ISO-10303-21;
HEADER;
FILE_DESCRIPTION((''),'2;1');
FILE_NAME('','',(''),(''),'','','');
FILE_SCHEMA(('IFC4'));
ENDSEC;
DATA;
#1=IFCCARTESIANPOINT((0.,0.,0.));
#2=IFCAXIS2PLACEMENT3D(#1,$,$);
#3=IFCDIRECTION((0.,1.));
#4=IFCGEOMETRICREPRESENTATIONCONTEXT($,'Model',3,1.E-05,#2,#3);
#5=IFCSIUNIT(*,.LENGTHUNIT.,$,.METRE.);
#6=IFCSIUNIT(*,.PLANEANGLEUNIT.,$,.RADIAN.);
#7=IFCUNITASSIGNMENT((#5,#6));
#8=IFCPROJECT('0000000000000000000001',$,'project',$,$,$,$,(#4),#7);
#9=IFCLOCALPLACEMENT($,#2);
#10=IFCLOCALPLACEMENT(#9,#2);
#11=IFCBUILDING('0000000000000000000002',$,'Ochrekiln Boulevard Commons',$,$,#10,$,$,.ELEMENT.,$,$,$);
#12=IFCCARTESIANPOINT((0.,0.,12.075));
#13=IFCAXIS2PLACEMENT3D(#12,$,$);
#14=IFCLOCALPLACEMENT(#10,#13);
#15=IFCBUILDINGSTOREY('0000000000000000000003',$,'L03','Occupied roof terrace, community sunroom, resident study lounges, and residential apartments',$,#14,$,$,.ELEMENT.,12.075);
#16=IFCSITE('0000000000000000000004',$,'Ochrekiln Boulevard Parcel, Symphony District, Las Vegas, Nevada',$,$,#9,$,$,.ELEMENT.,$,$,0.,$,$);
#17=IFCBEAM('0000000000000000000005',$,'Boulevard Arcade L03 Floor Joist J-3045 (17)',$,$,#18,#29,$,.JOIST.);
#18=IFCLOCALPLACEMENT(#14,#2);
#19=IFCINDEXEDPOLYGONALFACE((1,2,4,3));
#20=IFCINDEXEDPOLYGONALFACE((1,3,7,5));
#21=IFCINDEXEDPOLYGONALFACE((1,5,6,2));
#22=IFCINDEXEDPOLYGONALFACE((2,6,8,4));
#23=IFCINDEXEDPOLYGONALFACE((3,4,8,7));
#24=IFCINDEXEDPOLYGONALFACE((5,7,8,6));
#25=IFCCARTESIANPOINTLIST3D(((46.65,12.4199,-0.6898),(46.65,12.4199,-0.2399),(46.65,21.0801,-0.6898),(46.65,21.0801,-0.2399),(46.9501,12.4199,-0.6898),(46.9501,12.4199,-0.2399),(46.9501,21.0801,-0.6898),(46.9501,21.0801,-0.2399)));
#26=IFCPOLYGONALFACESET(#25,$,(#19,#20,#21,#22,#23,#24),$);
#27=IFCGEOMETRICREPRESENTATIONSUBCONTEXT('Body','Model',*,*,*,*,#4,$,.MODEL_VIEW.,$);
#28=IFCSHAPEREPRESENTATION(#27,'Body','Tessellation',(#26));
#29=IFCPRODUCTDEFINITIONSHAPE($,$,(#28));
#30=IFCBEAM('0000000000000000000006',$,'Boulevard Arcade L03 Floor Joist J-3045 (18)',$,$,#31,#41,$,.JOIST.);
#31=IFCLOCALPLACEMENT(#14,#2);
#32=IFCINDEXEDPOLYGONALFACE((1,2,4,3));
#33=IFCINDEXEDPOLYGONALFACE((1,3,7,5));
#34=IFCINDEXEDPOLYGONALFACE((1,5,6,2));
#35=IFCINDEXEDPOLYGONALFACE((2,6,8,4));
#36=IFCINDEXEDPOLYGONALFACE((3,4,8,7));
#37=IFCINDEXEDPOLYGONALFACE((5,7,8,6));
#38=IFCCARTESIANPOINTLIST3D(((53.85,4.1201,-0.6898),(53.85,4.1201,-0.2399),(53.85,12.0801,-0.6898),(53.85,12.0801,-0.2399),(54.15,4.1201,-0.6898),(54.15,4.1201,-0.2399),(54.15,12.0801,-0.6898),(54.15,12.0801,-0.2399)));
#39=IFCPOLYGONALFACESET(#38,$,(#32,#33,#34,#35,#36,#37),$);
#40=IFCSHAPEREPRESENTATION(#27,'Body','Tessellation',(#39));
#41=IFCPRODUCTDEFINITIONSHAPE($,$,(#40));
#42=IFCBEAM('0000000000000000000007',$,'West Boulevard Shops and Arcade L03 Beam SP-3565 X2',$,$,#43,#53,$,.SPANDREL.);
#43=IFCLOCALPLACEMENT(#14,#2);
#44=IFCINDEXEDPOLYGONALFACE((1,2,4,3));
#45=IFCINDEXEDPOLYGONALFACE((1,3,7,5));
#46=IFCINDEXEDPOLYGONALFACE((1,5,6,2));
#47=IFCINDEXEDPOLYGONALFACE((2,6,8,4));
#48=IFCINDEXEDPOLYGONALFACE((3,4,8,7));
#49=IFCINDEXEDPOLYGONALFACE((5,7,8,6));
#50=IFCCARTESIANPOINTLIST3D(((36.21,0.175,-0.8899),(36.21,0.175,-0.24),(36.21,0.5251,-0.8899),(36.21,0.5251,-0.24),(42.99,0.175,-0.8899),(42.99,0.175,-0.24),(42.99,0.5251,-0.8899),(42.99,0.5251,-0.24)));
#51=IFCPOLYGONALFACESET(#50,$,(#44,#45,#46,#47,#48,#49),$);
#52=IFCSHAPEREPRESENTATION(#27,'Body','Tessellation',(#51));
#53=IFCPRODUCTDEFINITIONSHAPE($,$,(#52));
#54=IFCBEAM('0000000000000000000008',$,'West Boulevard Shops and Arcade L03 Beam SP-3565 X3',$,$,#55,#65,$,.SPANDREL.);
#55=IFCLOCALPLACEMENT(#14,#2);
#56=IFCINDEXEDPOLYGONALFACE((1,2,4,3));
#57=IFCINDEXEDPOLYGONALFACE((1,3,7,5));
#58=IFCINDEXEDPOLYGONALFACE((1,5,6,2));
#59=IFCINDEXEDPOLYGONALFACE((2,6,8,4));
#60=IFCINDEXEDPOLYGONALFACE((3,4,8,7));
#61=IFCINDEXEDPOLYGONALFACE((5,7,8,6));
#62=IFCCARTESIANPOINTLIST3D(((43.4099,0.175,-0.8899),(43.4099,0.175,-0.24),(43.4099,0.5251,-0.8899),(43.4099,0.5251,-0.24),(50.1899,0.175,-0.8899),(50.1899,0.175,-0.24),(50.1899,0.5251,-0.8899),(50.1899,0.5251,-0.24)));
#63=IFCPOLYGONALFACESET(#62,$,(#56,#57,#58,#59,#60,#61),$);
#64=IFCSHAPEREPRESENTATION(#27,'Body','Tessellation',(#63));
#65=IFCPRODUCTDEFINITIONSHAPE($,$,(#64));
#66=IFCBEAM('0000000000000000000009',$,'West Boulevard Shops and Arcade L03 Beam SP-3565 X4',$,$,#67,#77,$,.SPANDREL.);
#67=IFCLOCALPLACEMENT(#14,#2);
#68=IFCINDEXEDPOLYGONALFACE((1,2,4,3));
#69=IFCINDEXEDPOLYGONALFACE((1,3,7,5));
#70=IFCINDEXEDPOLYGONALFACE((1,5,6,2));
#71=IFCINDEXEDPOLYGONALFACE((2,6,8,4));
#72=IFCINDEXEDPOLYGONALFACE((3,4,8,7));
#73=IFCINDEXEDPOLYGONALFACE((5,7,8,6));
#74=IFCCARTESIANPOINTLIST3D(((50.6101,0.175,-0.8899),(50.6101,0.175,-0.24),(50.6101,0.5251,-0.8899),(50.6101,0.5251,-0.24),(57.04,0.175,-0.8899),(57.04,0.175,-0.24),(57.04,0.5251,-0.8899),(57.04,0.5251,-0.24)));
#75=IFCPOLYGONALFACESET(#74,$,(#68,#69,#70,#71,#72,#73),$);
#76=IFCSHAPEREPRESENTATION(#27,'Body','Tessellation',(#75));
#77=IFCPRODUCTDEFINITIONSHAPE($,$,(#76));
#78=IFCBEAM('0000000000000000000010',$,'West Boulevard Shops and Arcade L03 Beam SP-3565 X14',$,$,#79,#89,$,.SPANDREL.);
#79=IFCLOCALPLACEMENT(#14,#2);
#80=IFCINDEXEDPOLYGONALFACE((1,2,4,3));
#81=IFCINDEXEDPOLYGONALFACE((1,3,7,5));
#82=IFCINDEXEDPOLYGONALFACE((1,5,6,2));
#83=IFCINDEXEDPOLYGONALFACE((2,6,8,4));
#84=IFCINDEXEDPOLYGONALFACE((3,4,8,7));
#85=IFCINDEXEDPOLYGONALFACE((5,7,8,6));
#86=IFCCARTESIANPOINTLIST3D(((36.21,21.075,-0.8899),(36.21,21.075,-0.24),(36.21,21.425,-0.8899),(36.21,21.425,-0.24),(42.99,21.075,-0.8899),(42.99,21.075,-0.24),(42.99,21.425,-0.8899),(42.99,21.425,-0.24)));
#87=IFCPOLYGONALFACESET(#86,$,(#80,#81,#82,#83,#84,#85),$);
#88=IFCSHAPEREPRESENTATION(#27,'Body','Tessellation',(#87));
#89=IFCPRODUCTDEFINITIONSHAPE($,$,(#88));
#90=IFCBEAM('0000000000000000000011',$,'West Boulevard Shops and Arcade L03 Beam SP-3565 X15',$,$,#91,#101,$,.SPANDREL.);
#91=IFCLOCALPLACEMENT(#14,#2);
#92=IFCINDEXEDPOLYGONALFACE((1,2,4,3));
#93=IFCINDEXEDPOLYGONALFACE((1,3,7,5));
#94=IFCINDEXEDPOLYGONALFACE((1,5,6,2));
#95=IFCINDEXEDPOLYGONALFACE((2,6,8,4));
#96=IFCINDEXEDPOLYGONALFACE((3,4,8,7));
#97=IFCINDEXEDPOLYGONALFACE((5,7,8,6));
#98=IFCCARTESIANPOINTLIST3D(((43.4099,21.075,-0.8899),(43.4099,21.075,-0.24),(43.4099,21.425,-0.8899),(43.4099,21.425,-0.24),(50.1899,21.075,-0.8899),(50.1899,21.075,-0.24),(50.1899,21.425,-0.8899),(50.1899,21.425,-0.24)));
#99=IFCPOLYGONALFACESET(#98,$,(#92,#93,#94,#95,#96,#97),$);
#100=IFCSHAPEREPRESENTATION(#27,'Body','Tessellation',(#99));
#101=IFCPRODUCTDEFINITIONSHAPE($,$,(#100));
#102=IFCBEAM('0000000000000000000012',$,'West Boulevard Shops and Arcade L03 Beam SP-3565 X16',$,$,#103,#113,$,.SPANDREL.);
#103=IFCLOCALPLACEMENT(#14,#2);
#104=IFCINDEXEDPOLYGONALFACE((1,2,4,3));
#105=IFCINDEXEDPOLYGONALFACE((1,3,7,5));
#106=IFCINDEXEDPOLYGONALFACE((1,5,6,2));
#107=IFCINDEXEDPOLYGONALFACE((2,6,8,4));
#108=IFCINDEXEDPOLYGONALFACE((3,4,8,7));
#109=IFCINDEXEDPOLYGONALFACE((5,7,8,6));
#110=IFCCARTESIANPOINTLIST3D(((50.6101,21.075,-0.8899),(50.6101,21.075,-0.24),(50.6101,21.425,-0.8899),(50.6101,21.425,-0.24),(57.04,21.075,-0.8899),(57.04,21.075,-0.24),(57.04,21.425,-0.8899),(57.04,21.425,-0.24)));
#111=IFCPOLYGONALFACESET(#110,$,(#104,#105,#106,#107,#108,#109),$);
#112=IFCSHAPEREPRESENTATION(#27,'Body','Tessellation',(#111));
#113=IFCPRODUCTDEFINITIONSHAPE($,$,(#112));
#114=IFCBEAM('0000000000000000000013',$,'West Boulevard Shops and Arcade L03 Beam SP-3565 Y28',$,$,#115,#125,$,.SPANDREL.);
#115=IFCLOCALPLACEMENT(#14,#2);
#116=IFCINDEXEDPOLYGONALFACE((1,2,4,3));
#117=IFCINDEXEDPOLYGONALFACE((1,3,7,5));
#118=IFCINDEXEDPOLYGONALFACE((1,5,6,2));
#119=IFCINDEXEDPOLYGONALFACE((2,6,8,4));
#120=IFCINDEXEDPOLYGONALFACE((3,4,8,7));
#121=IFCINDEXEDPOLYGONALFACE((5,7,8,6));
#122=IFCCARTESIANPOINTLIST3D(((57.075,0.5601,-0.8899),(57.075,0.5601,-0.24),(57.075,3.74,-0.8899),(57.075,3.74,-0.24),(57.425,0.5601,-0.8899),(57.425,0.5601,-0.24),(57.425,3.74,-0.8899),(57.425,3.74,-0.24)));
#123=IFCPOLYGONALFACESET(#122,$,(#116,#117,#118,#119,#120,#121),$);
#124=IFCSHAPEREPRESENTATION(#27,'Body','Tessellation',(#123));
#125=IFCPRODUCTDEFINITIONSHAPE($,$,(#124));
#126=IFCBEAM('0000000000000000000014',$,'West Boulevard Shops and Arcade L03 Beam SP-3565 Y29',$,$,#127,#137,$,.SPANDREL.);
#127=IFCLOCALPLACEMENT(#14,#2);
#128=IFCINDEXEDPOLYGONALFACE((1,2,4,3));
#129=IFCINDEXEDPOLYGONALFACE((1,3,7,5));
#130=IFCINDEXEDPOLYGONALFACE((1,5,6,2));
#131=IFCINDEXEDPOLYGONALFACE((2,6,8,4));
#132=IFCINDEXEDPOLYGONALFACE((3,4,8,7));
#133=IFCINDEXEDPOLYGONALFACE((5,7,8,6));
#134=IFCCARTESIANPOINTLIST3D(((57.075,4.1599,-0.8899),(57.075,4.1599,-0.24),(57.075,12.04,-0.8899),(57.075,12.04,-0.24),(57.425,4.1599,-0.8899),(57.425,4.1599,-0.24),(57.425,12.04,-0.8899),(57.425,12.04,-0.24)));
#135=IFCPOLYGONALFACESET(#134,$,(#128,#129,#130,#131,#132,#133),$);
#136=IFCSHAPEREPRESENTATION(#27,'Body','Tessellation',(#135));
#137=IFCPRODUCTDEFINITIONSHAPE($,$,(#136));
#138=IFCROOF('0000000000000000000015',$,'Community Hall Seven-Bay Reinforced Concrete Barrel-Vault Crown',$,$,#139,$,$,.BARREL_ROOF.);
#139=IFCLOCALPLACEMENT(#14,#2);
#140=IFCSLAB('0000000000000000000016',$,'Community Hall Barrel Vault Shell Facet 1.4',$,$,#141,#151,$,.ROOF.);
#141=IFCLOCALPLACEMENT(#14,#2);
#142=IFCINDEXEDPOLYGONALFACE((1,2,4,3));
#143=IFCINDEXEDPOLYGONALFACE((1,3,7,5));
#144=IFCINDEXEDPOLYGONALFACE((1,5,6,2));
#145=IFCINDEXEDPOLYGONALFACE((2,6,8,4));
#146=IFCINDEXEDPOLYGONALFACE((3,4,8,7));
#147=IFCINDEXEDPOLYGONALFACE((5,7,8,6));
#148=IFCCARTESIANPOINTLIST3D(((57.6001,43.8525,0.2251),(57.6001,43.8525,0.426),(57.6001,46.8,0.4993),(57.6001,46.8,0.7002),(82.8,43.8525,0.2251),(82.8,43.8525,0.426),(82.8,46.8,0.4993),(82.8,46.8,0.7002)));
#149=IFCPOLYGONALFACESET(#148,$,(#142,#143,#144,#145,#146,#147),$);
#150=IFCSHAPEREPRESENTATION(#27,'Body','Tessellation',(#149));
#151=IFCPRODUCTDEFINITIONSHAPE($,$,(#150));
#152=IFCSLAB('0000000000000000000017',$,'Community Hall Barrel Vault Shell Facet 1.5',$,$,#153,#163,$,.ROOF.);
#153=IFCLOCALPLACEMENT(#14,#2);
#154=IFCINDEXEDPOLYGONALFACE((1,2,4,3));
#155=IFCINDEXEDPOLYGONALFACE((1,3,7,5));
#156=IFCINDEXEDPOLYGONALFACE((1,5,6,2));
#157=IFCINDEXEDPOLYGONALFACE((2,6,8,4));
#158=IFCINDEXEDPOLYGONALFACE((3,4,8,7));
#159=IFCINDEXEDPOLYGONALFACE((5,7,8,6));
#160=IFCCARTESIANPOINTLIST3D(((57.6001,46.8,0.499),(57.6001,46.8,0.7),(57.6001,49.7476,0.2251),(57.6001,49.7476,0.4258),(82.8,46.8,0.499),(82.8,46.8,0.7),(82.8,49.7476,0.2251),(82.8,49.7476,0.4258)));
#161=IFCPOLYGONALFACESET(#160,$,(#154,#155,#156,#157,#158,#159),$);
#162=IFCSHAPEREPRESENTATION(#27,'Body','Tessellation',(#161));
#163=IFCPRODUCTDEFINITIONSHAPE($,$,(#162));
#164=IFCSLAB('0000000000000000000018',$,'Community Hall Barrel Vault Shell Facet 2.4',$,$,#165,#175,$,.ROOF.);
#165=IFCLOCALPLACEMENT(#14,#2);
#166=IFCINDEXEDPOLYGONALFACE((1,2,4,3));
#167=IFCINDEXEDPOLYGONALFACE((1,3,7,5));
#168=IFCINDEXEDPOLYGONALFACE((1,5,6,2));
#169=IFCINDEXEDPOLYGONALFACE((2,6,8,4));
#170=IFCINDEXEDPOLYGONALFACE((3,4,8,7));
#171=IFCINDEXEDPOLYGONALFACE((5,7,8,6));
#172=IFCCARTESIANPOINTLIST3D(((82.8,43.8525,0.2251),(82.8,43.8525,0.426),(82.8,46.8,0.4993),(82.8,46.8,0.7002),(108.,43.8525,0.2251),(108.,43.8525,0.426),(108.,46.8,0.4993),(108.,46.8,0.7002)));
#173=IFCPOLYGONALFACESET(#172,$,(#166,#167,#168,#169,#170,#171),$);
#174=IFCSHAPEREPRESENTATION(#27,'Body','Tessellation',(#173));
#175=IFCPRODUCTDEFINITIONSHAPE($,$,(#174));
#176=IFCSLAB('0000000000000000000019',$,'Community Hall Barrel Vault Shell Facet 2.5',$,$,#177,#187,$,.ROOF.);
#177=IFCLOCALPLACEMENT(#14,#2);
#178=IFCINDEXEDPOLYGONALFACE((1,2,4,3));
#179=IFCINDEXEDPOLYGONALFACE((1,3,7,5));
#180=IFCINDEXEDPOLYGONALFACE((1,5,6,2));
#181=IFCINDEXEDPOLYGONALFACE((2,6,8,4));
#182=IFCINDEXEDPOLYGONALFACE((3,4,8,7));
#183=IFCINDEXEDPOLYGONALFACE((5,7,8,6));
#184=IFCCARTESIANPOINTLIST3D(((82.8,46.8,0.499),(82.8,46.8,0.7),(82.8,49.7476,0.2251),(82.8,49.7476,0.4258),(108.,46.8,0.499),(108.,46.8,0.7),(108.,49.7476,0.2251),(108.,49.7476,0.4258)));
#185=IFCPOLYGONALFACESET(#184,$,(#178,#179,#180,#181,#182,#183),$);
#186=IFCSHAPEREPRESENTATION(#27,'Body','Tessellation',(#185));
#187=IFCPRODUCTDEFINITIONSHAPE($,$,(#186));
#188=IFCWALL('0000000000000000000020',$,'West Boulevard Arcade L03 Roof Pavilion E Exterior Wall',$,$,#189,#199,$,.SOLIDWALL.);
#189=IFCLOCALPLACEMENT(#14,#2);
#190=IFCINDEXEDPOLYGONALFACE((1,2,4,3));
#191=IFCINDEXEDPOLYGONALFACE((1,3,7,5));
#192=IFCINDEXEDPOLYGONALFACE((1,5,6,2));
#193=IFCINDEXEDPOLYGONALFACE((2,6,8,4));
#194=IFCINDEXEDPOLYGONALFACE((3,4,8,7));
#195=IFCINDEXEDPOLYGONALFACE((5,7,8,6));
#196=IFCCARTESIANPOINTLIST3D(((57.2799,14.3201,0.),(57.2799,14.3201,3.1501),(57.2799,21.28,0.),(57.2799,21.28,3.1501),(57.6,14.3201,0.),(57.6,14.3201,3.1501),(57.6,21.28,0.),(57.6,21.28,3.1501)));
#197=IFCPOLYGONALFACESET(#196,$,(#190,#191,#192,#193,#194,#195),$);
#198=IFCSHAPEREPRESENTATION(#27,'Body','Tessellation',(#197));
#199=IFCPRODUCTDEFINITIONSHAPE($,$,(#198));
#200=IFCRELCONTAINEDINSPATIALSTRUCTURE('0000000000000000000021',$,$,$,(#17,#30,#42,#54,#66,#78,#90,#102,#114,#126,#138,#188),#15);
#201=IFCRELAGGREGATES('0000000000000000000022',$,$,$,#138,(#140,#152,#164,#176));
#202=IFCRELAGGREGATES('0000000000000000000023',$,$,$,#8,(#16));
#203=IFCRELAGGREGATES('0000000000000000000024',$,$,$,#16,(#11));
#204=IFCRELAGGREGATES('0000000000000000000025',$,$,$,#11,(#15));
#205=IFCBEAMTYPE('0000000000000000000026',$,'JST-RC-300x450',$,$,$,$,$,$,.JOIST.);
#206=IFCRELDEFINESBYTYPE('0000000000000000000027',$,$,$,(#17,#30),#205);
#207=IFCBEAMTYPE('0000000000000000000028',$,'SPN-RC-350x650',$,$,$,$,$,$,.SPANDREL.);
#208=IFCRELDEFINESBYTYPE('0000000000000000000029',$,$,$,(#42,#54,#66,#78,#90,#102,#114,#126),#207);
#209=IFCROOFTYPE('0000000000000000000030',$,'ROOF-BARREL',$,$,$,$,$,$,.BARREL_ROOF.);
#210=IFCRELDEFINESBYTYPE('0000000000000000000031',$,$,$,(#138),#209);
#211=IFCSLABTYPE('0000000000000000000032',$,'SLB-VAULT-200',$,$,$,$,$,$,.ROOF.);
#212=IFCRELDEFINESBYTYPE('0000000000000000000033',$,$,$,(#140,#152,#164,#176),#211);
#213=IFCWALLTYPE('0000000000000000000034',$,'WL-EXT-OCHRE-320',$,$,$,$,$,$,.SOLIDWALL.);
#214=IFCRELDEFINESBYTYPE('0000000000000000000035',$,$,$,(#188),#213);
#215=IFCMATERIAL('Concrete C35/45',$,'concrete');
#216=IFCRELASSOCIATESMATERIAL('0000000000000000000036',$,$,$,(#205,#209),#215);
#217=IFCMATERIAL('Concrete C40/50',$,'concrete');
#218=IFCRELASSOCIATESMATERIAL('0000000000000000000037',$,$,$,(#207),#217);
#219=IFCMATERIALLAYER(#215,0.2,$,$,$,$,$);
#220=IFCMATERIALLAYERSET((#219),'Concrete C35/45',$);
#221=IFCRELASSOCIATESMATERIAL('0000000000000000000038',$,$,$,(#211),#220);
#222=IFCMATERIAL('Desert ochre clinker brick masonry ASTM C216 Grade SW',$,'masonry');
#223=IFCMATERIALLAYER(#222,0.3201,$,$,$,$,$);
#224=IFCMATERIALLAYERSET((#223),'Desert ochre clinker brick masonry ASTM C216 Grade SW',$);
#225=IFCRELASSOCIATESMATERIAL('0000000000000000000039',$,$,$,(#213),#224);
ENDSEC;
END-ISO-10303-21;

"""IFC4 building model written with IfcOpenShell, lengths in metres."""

from ifc_helpers import new_model, si_unit, direction, frame, frame_2d, origin, origin_2d, place, context, subcontext, project, spatial, polyline, rectangle, outline, extrude, material, layer, layer_set, material_profile, profile_set, type_object, element, aggregate, save


model = new_model("IFC4")

# Units and contexts
model_context = context("Model", 3, precision=1e-05, world=origin(), true_north=direction((0.0, 1.0)))
body_context = subcontext(model_context, "Body", "Model", "MODEL_VIEW")
ifc_project = project(units=[si_unit("LENGTHUNIT", "METRE"), si_unit("PLANEANGLEUNIT", "RADIAN")], contexts=[model_context])

# Site, building, storey
site_placement = place(None, origin())
site = spatial("IfcSite", under=ifc_project, at=site_placement, Name="Ochrekiln Boulevard Parcel, Symphony District, Las Vegas, Nevada", CompositionType="ELEMENT", RefElevation=0.0)
building_placement = place(site_placement, origin())
building = spatial("IfcBuilding", under=site, at=building_placement, Name="Ochrekiln Boulevard Commons", CompositionType="ELEMENT")
storey_placement = place(building_placement, frame((0.0, 0.0, 12.075)))
storey = spatial("IfcBuildingStorey", under=building, at=storey_placement, Name="L03", Description="Occupied roof terrace, community sunroom, resident study lounges, and residential apartments", CompositionType="ELEMENT", Elevation=12.075)

# Beams
ifc_material_1 = material(Name="Concrete C35/45", Category="concrete")
ifc_material_profile_1 = material_profile(ifc_material_1, rectangle(XDim=0.3, YDim=0.45, at=origin_2d()), Name="RC-JST-300x450")
ifc_profile_set_1 = profile_set([ifc_material_profile_1], Name="Concrete C35/45")
beam_type_1 = type_object("IfcBeamType", Name="JST-RC-300x450", PredefinedType="JOIST", material=ifc_profile_set_1)
beam_1_placement = place(storey_placement, frame((46.8, 12.4199, -0.4648), z_axis=(0.0, 1.0, 0.0), x_axis=(-1.0, 0.0, 0.0)))
element("IfcBeam", 1, at=beam_1_placement, inside=storey, type_object=beam_type_1, Name="Boulevard Arcade L03 Floor Joist J-3045 (17)", PredefinedType="JOIST", context=body_context, shape_type="SweptSolid", body=[
    extrude(rectangle(XDim=0.3, YDim=0.45, at=origin_2d()), origin(), (0.0, 0.0, 1.0), 8.6602),
])
beam_2_placement = place(storey_placement, frame((54.0, 4.1201, -0.4648), z_axis=(0.0, 1.0, 0.0), x_axis=(-1.0, 0.0, 0.0)))
element("IfcBeam", 2, at=beam_2_placement, inside=storey, type_object=beam_type_1, Name="Boulevard Arcade L03 Floor Joist J-3045 (18)", PredefinedType="JOIST", context=body_context, shape_type="SweptSolid", body=[
    extrude(rectangle(XDim=0.3, YDim=0.45, at=origin_2d()), origin(), (0.0, 0.0, 1.0), 7.96),
])
ifc_material_2 = material(Name="Concrete C40/50", Category="concrete")
ifc_material_profile_2 = material_profile(ifc_material_2, rectangle(XDim=0.3501, YDim=0.6499, at=origin_2d()), Name="RC-SPN-350x650")
ifc_profile_set_2 = profile_set([ifc_material_profile_2], Name="Concrete C40/50")
beam_type_2 = type_object("IfcBeamType", Name="SPN-RC-350x650", PredefinedType="SPANDREL", material=ifc_profile_set_2)
for number, where, z_axis, x_axis, name in (
    (3, (36.21, 0.3501, -0.5649), (1.0, 0.0, 0.0), (0.0, 1.0, 0.0), "West Boulevard Shops and Arcade L03 Beam SP-3565 X2"),
    (4, (43.4099, 0.3501, -0.5649), (1.0, 0.0, 0.0), (0.0, 1.0, 0.0), "West Boulevard Shops and Arcade L03 Beam SP-3565 X3"),
):
    element("IfcBeam", number, at=place(storey_placement, frame(where, z_axis=z_axis, x_axis=x_axis)), inside=storey, type_object=beam_type_2, Name=name, PredefinedType="SPANDREL", context=body_context, shape_type="SweptSolid", body=[
        extrude(rectangle(XDim=0.3501, YDim=0.6499, at=origin_2d()), origin(), (0.0, 0.0, 1.0), 6.78),
    ])
beam_3_placement = place(storey_placement, frame((50.6101, 0.3501, -0.5649), z_axis=(1.0, 0.0, 0.0), x_axis=(0.0, 1.0, 0.0)))
element("IfcBeam", 5, at=beam_3_placement, inside=storey, type_object=beam_type_2, Name="West Boulevard Shops and Arcade L03 Beam SP-3565 X4", PredefinedType="SPANDREL", context=body_context, shape_type="SweptSolid", body=[
    extrude(rectangle(XDim=0.3501, YDim=0.6499, at=origin_2d()), origin(), (0.0, 0.0, 1.0), 6.4299),
])
for number, where, z_axis, x_axis, name in (
    (6, (36.21, 21.25, -0.5649), (1.0, 0.0, 0.0), (0.0, 1.0, 0.0), "West Boulevard Shops and Arcade L03 Beam SP-3565 X14"),
    (7, (43.4099, 21.25, -0.5649), (1.0, 0.0, 0.0), (0.0, 1.0, 0.0), "West Boulevard Shops and Arcade L03 Beam SP-3565 X15"),
):
    element("IfcBeam", number, at=place(storey_placement, frame(where, z_axis=z_axis, x_axis=x_axis)), inside=storey, type_object=beam_type_2, Name=name, PredefinedType="SPANDREL", context=body_context, shape_type="SweptSolid", body=[
        extrude(rectangle(XDim=0.3501, YDim=0.6499, at=origin_2d()), origin(), (0.0, 0.0, 1.0), 6.78),
    ])
beam_4_placement = place(storey_placement, frame((50.6101, 21.25, -0.5649), z_axis=(1.0, 0.0, 0.0), x_axis=(0.0, 1.0, 0.0)))
element("IfcBeam", 8, at=beam_4_placement, inside=storey, type_object=beam_type_2, Name="West Boulevard Shops and Arcade L03 Beam SP-3565 X16", PredefinedType="SPANDREL", context=body_context, shape_type="SweptSolid", body=[
    extrude(rectangle(XDim=0.3501, YDim=0.6499, at=origin_2d()), origin(), (0.0, 0.0, 1.0), 6.4299),
])
beam_5_placement = place(storey_placement, frame((57.25, 0.5601, -0.5649), z_axis=(0.0, 1.0, 0.0), x_axis=(-1.0, 0.0, 0.0)))
element("IfcBeam", 9, at=beam_5_placement, inside=storey, type_object=beam_type_2, Name="West Boulevard Shops and Arcade L03 Beam SP-3565 Y28", PredefinedType="SPANDREL", context=body_context, shape_type="SweptSolid", body=[
    extrude(rectangle(XDim=0.3501, YDim=0.6499, at=origin_2d()), origin(), (0.0, 0.0, 1.0), 3.1799),
])
beam_6_placement = place(storey_placement, frame((57.25, 4.1599, -0.5649), z_axis=(0.0, 1.0, 0.0), x_axis=(-1.0, 0.0, 0.0)))
element("IfcBeam", 10, at=beam_6_placement, inside=storey, type_object=beam_type_2, Name="West Boulevard Shops and Arcade L03 Beam SP-3565 Y29", PredefinedType="SPANDREL", context=body_context, shape_type="SweptSolid", body=[
    extrude(rectangle(XDim=0.3501, YDim=0.6499, at=origin_2d()), origin(), (0.0, 0.0, 1.0), 7.8801),
])

# Roof, slabs
roof_type = type_object("IfcRoofType", Name="ROOF-BARREL", PredefinedType="BARREL_ROOF", material=ifc_material_1)
roof_placement = place(storey_placement, origin())
roof = element("IfcRoof", 11, at=roof_placement, inside=storey, type_object=roof_type, Name="Community Hall Seven-Bay Reinforced Concrete Barrel-Vault Crown", PredefinedType="BARREL_ROOF")
ifc_layer_1 = layer(ifc_material_1, 0.2)
ifc_layer_set_1 = layer_set([ifc_layer_1], Name="Concrete C35/45")
slab_type = type_object("IfcSlabType", Name="SLB-VAULT-200", PredefinedType="ROOF", material=ifc_layer_set_1)
slab_1_placement = place(storey_placement, frame((57.6001, 43.8525, 0.426), z_axis=(1.0, 0.0, 0.0), x_axis=(0.0, 1.0, 0.0)))
slab_1 = element("IfcSlab", 12, at=slab_1_placement, type_object=slab_type, Name="Community Hall Barrel Vault Shell Facet 1.4", PredefinedType="ROOF", context=body_context, shape_type="SweptSolid", body=[
    extrude(outline(polyline([(0.0, 0.0), (2.9475, 0.2742), (2.9475, 0.0732), (0.0, -0.2009), (0.0, 0.0)])), origin(), (0.0, 0.0, 1.0), 25.2),
])
slab_2_placement = place(storey_placement, frame((57.6001, 46.8, 0.7), z_axis=(1.0, 0.0, 0.0), x_axis=(0.0, 1.0, 0.0)))
slab_2 = element("IfcSlab", 13, at=slab_2_placement, type_object=slab_type, Name="Community Hall Barrel Vault Shell Facet 1.5", PredefinedType="ROOF", context=body_context, shape_type="SweptSolid", body=[
    extrude(outline(polyline([(0.0, 0.0), (2.9475, -0.2742), (2.9475, -0.4749), (0.0, -0.2009), (0.0, 0.0)])), origin(), (0.0, 0.0, 1.0), 25.2),
])
slab_3_placement = place(storey_placement, frame((82.8, 43.8525, 0.426), z_axis=(1.0, 0.0, 0.0), x_axis=(0.0, 1.0, 0.0)))
slab_3 = element("IfcSlab", 14, at=slab_3_placement, type_object=slab_type, Name="Community Hall Barrel Vault Shell Facet 2.4", PredefinedType="ROOF", context=body_context, shape_type="SweptSolid", body=[
    extrude(outline(polyline([(0.0, 0.0), (2.9475, 0.2742), (2.9475, 0.0732), (0.0, -0.2009), (0.0, 0.0)])), origin(), (0.0, 0.0, 1.0), 25.2),
])
slab_4_placement = place(storey_placement, frame((82.8, 46.8, 0.7), z_axis=(1.0, 0.0, 0.0), x_axis=(0.0, 1.0, 0.0)))
slab_4 = element("IfcSlab", 15, at=slab_4_placement, type_object=slab_type, Name="Community Hall Barrel Vault Shell Facet 2.5", PredefinedType="ROOF", context=body_context, shape_type="SweptSolid", body=[
    extrude(outline(polyline([(0.0, 0.0), (2.9475, -0.2742), (2.9475, -0.4749), (0.0, -0.2009), (0.0, 0.0)])), origin(), (0.0, 0.0, 1.0), 25.2),
])
aggregate(roof, [slab_1, slab_2, slab_3, slab_4])

# Wall
ifc_material_3 = material(Name="Desert ochre clinker brick masonry ASTM C216 Grade SW", Category="masonry")
ifc_layer_2 = layer(ifc_material_3, 0.3201)
ifc_layer_set_2 = layer_set([ifc_layer_2], Name="Desert ochre clinker brick masonry ASTM C216 Grade SW")
wall_type_1 = type_object("IfcWallType", Name="WL-EXT-OCHRE-320", PredefinedType="SOLIDWALL", material=ifc_layer_set_2)
wall_1_placement = place(storey_placement, frame((57.4399, 14.3201, 0.0), z_axis=(0.0, 0.0, 1.0), x_axis=(0.0, 1.0, 0.0)))
element("IfcWall", 16, at=wall_1_placement, inside=storey, type_object=wall_type_1, Name="West Boulevard Arcade L03 Roof Pavilion E Exterior Wall", PredefinedType="SOLIDWALL", context=body_context, shape_type="SweptSolid", body=[
    extrude(rectangle(XDim=6.96, YDim=0.3201, at=frame_2d((3.48, 0.0))), origin(), (0.0, 0.0, 1.0), 3.1501),
])

save(model, "model.ifc")
